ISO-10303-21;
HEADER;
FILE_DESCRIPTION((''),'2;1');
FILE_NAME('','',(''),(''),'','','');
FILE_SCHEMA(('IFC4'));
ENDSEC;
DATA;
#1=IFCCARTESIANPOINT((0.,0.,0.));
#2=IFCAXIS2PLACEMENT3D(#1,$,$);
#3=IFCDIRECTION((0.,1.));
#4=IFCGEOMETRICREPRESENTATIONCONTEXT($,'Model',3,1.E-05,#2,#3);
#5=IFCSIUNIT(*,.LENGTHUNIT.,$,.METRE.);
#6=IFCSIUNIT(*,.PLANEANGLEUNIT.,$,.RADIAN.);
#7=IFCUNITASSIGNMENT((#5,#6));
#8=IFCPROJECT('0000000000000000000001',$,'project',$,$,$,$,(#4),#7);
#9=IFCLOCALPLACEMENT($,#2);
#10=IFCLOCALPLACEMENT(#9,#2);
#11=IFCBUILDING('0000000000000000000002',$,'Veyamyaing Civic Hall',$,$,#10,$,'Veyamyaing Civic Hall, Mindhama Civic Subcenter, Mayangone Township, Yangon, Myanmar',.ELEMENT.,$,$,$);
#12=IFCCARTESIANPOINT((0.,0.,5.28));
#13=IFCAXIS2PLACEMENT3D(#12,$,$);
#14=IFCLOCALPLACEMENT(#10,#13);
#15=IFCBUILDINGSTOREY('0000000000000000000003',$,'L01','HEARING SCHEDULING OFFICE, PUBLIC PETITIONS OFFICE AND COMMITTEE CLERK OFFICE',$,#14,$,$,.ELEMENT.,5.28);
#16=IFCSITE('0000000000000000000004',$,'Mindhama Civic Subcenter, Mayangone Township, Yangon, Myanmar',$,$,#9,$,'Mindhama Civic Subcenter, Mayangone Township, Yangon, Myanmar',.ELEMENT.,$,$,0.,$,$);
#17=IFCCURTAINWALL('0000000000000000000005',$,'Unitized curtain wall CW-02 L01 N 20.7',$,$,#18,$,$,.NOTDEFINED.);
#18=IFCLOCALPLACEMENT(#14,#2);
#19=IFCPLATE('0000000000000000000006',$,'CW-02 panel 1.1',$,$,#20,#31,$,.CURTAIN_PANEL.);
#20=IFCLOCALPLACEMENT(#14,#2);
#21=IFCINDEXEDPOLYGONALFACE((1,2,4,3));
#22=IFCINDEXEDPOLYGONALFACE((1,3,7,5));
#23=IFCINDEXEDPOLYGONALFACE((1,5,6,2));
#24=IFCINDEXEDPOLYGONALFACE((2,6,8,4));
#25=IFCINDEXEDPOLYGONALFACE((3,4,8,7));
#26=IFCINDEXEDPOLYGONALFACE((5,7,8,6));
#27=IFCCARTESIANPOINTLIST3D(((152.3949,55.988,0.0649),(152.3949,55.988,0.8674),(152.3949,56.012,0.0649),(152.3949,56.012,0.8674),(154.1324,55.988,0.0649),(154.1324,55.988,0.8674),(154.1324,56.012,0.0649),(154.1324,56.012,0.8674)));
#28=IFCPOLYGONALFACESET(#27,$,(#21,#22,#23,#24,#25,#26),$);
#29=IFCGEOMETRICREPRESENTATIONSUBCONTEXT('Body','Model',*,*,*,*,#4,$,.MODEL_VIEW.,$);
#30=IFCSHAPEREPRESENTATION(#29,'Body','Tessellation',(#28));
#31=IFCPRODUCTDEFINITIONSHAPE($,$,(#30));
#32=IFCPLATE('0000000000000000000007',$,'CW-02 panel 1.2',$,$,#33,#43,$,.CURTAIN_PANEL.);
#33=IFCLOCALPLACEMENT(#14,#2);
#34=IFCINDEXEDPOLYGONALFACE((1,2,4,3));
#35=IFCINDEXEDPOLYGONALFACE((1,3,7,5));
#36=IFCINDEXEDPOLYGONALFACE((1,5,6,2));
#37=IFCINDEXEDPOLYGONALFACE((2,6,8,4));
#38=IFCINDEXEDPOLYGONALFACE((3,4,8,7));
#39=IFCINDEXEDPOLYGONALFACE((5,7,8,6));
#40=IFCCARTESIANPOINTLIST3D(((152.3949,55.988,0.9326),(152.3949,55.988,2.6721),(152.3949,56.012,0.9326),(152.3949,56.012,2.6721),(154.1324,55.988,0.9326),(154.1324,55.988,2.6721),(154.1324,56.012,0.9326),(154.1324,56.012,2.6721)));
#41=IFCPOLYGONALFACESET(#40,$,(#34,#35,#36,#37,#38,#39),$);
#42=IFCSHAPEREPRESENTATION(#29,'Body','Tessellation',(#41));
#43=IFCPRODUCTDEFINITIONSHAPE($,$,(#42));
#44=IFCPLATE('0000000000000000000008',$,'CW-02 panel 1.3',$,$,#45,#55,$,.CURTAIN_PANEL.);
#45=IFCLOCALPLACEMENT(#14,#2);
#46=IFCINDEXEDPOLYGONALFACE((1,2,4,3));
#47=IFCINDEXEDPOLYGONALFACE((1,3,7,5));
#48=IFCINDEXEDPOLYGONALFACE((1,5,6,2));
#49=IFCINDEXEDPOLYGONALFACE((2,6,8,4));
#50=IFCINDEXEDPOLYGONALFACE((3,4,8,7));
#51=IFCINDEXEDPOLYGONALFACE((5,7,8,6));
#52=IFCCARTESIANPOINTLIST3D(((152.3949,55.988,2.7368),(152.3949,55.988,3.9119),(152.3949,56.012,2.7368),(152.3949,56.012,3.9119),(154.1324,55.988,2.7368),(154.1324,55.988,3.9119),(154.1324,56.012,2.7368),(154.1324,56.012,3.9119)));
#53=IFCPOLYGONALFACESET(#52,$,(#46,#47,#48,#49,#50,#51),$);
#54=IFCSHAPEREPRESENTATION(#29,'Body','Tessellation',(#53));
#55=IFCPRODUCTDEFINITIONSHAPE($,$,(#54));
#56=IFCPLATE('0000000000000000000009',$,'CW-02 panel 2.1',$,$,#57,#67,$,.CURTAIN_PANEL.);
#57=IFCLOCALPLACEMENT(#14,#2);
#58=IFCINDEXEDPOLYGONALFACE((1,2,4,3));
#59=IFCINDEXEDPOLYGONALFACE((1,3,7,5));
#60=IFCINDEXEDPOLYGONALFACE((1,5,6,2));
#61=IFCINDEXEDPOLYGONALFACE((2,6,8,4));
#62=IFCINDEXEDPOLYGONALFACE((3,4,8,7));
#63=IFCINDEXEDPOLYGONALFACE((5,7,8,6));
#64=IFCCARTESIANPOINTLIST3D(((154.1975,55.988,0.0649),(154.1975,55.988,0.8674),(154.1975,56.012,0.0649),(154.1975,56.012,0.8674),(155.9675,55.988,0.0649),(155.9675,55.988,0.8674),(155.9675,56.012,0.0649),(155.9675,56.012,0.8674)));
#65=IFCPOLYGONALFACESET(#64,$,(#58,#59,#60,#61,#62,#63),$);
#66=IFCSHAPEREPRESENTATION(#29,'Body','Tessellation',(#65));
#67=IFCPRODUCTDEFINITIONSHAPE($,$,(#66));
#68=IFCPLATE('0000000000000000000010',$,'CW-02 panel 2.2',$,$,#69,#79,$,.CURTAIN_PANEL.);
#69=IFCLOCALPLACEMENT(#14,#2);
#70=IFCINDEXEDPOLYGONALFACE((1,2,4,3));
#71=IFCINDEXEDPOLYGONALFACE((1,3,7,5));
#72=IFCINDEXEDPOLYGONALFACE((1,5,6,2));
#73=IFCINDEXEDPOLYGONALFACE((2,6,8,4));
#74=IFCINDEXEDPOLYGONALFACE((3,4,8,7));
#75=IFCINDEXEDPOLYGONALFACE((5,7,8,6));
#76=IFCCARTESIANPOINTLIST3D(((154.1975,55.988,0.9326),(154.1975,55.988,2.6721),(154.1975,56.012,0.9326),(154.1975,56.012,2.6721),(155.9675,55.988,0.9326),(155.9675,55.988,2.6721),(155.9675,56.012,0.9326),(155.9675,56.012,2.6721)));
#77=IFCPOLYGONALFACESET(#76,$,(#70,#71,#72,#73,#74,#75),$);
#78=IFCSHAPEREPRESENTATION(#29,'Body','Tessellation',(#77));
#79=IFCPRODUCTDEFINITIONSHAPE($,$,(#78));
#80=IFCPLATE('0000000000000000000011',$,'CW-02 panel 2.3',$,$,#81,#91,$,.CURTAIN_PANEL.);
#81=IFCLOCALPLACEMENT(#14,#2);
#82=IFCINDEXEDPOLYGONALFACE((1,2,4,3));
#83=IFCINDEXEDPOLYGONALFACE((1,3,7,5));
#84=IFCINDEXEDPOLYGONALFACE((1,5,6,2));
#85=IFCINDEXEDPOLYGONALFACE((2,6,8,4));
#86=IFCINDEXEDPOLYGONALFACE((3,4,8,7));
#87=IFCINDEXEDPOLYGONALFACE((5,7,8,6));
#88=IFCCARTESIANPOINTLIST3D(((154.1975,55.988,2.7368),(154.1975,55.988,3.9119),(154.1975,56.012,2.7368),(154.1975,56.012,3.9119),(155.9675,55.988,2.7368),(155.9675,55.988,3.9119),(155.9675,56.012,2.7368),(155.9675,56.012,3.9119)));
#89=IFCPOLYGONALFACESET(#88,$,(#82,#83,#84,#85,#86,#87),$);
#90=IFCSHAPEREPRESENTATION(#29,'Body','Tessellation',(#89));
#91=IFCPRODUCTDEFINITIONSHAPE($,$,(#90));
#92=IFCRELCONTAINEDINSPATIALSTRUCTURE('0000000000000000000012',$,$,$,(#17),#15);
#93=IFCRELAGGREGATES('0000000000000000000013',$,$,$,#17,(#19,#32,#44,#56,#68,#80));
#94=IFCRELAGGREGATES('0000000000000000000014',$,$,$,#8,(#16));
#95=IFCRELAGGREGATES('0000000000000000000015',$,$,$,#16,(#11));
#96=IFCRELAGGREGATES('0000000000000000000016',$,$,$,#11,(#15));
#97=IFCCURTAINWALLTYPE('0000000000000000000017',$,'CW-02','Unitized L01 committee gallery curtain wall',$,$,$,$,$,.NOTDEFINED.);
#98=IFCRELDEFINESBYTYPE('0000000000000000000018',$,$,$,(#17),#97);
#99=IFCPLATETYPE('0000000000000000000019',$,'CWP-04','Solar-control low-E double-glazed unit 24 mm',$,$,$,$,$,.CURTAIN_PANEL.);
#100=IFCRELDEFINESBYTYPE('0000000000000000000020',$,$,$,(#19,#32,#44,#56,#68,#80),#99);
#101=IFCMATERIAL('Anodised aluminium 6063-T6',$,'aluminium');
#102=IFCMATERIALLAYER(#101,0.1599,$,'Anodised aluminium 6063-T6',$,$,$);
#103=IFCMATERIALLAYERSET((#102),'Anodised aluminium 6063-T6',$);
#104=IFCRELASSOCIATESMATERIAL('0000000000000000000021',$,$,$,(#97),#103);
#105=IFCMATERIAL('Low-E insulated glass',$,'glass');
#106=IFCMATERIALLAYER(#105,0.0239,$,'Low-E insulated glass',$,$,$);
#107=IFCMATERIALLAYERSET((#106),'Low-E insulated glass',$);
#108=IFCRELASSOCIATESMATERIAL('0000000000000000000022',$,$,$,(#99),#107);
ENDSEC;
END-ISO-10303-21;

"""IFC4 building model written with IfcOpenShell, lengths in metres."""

from ifc_helpers import new_model, si_unit, direction, frame, origin, origin_2d, place, context, subcontext, project, spatial, rectangle, extrude, material, layer, layer_set, type_object, element, aggregate, save


model = new_model("IFC4")

# Units and contexts
model_context = context("Model", 3, precision=1e-05, world=origin(), true_north=direction((0.0, 1.0)))
body_context = subcontext(model_context, "Body", "Model", "MODEL_VIEW")
ifc_project = project(units=[si_unit("LENGTHUNIT", "METRE"), si_unit("PLANEANGLEUNIT", "RADIAN")], contexts=[model_context])

# Site, building, storey
site_placement = place(None, origin())
site = spatial("IfcSite", under=ifc_project, at=site_placement, Name="Mindhama Civic Subcenter, Mayangone Township, Yangon, Myanmar", LongName="Mindhama Civic Subcenter, Mayangone Township, Yangon, Myanmar", CompositionType="ELEMENT", RefElevation=0.0)
building_placement = place(site_placement, origin())
building = spatial("IfcBuilding", under=site, at=building_placement, Name="Veyamyaing Civic Hall", LongName="Veyamyaing Civic Hall, Mindhama Civic Subcenter, Mayangone Township, Yangon, Myanmar", CompositionType="ELEMENT")
storey_placement = place(building_placement, frame((0.0, 0.0, 5.28)))
storey = spatial("IfcBuildingStorey", under=building, at=storey_placement, Name="L01", Description="HEARING SCHEDULING OFFICE, PUBLIC PETITIONS OFFICE AND COMMITTEE CLERK OFFICE", CompositionType="ELEMENT", Elevation=5.28)

# Curtain wall, plates
ifc_material_1 = material(Name="Anodised aluminium 6063-T6", Category="aluminium")
ifc_layer_1 = layer(ifc_material_1, 0.1599, Name="Anodised aluminium 6063-T6")
ifc_layer_set_1 = layer_set([ifc_layer_1], Name="Anodised aluminium 6063-T6")
curtain_wall_type = type_object("IfcCurtainWallType", Name="CW-02", Description="Unitized L01 committee gallery curtain wall", PredefinedType="NOTDEFINED", material=ifc_layer_set_1)
curtain_wall_placement = place(storey_placement, origin())
curtain_wall = element("IfcCurtainWall", 1, at=curtain_wall_placement, inside=storey, type_object=curtain_wall_type, Name="Unitized curtain wall CW-02 L01 N 20.7", PredefinedType="NOTDEFINED")
ifc_material_2 = material(Name="Low-E insulated glass", Category="glass")
ifc_layer_2 = layer(ifc_material_2, 0.0239, Name="Low-E insulated glass")
ifc_layer_set_2 = layer_set([ifc_layer_2], Name="Low-E insulated glass")
plate_type = type_object("IfcPlateType", Name="CWP-04", Description="Solar-control low-E double-glazed unit 24 mm", PredefinedType="CURTAIN_PANEL", material=ifc_layer_set_2)
plate_1_placement = place(storey_placement, frame((153.2637, 56.0, 0.0649), z_axis=(0.0, 0.0, 1.0), x_axis=(1.0, 0.0, 0.0)))
plate_1 = element("IfcPlate", 2, at=plate_1_placement, type_object=plate_type, Name="CW-02 panel 1.1", PredefinedType="CURTAIN_PANEL", context=body_context, shape_type="SweptSolid", body=[
    extrude(rectangle(XDim=1.7375, YDim=0.0239, at=origin_2d()), origin(), (0.0, 0.0, 1.0), 0.8025),
])
plate_2_placement = place(storey_placement, frame((153.2637, 56.0, 0.9326), z_axis=(0.0, 0.0, 1.0), x_axis=(1.0, 0.0, 0.0)))
plate_2 = element("IfcPlate", 3, at=plate_2_placement, type_object=plate_type, Name="CW-02 panel 1.2", PredefinedType="CURTAIN_PANEL", context=body_context, shape_type="SweptSolid", body=[
    extrude(rectangle(XDim=1.7375, YDim=0.0239, at=origin_2d()), origin(), (0.0, 0.0, 1.0), 1.7395),
])
plate_3_placement = place(storey_placement, frame((153.2637, 56.0, 2.7368), z_axis=(0.0, 0.0, 1.0), x_axis=(1.0, 0.0, 0.0)))
plate_3 = element("IfcPlate", 4, at=plate_3_placement, type_object=plate_type, Name="CW-02 panel 1.3", PredefinedType="CURTAIN_PANEL", context=body_context, shape_type="SweptSolid", body=[
    extrude(rectangle(XDim=1.7375, YDim=0.0239, at=origin_2d()), origin(), (0.0, 0.0, 1.0), 1.175),
])
plate_4_placement = place(storey_placement, frame((155.0825, 56.0, 0.0649), z_axis=(0.0, 0.0, 1.0), x_axis=(1.0, 0.0, 0.0)))
plate_4 = element("IfcPlate", 5, at=plate_4_placement, type_object=plate_type, Name="CW-02 panel 2.1", PredefinedType="CURTAIN_PANEL", context=body_context, shape_type="SweptSolid", body=[
    extrude(rectangle(XDim=1.77, YDim=0.0239, at=origin_2d()), origin(), (0.0, 0.0, 1.0), 0.8025),
])
plate_5_placement = place(storey_placement, frame((155.0825, 56.0, 0.9326), z_axis=(0.0, 0.0, 1.0), x_axis=(1.0, 0.0, 0.0)))
plate_5 = element("IfcPlate", 6, at=plate_5_placement, type_object=plate_type, Name="CW-02 panel 2.2", PredefinedType="CURTAIN_PANEL", context=body_context, shape_type="SweptSolid", body=[
    extrude(rectangle(XDim=1.77, YDim=0.0239, at=origin_2d()), origin(), (0.0, 0.0, 1.0), 1.7395),
])
plate_6_placement = place(storey_placement, frame((155.0825, 56.0, 2.7368), z_axis=(0.0, 0.0, 1.0), x_axis=(1.0, 0.0, 0.0)))
plate_6 = element("IfcPlate", 7, at=plate_6_placement, type_object=plate_type, Name="CW-02 panel 2.3", PredefinedType="CURTAIN_PANEL", context=body_context, shape_type="SweptSolid", body=[
    extrude(rectangle(XDim=1.77, YDim=0.0239, at=origin_2d()), origin(), (0.0, 0.0, 1.0), 1.175),
])
aggregate(curtain_wall, [plate_1, plate_2, plate_3, plate_4, plate_5, plate_6])

save(model, "model.ifc")
